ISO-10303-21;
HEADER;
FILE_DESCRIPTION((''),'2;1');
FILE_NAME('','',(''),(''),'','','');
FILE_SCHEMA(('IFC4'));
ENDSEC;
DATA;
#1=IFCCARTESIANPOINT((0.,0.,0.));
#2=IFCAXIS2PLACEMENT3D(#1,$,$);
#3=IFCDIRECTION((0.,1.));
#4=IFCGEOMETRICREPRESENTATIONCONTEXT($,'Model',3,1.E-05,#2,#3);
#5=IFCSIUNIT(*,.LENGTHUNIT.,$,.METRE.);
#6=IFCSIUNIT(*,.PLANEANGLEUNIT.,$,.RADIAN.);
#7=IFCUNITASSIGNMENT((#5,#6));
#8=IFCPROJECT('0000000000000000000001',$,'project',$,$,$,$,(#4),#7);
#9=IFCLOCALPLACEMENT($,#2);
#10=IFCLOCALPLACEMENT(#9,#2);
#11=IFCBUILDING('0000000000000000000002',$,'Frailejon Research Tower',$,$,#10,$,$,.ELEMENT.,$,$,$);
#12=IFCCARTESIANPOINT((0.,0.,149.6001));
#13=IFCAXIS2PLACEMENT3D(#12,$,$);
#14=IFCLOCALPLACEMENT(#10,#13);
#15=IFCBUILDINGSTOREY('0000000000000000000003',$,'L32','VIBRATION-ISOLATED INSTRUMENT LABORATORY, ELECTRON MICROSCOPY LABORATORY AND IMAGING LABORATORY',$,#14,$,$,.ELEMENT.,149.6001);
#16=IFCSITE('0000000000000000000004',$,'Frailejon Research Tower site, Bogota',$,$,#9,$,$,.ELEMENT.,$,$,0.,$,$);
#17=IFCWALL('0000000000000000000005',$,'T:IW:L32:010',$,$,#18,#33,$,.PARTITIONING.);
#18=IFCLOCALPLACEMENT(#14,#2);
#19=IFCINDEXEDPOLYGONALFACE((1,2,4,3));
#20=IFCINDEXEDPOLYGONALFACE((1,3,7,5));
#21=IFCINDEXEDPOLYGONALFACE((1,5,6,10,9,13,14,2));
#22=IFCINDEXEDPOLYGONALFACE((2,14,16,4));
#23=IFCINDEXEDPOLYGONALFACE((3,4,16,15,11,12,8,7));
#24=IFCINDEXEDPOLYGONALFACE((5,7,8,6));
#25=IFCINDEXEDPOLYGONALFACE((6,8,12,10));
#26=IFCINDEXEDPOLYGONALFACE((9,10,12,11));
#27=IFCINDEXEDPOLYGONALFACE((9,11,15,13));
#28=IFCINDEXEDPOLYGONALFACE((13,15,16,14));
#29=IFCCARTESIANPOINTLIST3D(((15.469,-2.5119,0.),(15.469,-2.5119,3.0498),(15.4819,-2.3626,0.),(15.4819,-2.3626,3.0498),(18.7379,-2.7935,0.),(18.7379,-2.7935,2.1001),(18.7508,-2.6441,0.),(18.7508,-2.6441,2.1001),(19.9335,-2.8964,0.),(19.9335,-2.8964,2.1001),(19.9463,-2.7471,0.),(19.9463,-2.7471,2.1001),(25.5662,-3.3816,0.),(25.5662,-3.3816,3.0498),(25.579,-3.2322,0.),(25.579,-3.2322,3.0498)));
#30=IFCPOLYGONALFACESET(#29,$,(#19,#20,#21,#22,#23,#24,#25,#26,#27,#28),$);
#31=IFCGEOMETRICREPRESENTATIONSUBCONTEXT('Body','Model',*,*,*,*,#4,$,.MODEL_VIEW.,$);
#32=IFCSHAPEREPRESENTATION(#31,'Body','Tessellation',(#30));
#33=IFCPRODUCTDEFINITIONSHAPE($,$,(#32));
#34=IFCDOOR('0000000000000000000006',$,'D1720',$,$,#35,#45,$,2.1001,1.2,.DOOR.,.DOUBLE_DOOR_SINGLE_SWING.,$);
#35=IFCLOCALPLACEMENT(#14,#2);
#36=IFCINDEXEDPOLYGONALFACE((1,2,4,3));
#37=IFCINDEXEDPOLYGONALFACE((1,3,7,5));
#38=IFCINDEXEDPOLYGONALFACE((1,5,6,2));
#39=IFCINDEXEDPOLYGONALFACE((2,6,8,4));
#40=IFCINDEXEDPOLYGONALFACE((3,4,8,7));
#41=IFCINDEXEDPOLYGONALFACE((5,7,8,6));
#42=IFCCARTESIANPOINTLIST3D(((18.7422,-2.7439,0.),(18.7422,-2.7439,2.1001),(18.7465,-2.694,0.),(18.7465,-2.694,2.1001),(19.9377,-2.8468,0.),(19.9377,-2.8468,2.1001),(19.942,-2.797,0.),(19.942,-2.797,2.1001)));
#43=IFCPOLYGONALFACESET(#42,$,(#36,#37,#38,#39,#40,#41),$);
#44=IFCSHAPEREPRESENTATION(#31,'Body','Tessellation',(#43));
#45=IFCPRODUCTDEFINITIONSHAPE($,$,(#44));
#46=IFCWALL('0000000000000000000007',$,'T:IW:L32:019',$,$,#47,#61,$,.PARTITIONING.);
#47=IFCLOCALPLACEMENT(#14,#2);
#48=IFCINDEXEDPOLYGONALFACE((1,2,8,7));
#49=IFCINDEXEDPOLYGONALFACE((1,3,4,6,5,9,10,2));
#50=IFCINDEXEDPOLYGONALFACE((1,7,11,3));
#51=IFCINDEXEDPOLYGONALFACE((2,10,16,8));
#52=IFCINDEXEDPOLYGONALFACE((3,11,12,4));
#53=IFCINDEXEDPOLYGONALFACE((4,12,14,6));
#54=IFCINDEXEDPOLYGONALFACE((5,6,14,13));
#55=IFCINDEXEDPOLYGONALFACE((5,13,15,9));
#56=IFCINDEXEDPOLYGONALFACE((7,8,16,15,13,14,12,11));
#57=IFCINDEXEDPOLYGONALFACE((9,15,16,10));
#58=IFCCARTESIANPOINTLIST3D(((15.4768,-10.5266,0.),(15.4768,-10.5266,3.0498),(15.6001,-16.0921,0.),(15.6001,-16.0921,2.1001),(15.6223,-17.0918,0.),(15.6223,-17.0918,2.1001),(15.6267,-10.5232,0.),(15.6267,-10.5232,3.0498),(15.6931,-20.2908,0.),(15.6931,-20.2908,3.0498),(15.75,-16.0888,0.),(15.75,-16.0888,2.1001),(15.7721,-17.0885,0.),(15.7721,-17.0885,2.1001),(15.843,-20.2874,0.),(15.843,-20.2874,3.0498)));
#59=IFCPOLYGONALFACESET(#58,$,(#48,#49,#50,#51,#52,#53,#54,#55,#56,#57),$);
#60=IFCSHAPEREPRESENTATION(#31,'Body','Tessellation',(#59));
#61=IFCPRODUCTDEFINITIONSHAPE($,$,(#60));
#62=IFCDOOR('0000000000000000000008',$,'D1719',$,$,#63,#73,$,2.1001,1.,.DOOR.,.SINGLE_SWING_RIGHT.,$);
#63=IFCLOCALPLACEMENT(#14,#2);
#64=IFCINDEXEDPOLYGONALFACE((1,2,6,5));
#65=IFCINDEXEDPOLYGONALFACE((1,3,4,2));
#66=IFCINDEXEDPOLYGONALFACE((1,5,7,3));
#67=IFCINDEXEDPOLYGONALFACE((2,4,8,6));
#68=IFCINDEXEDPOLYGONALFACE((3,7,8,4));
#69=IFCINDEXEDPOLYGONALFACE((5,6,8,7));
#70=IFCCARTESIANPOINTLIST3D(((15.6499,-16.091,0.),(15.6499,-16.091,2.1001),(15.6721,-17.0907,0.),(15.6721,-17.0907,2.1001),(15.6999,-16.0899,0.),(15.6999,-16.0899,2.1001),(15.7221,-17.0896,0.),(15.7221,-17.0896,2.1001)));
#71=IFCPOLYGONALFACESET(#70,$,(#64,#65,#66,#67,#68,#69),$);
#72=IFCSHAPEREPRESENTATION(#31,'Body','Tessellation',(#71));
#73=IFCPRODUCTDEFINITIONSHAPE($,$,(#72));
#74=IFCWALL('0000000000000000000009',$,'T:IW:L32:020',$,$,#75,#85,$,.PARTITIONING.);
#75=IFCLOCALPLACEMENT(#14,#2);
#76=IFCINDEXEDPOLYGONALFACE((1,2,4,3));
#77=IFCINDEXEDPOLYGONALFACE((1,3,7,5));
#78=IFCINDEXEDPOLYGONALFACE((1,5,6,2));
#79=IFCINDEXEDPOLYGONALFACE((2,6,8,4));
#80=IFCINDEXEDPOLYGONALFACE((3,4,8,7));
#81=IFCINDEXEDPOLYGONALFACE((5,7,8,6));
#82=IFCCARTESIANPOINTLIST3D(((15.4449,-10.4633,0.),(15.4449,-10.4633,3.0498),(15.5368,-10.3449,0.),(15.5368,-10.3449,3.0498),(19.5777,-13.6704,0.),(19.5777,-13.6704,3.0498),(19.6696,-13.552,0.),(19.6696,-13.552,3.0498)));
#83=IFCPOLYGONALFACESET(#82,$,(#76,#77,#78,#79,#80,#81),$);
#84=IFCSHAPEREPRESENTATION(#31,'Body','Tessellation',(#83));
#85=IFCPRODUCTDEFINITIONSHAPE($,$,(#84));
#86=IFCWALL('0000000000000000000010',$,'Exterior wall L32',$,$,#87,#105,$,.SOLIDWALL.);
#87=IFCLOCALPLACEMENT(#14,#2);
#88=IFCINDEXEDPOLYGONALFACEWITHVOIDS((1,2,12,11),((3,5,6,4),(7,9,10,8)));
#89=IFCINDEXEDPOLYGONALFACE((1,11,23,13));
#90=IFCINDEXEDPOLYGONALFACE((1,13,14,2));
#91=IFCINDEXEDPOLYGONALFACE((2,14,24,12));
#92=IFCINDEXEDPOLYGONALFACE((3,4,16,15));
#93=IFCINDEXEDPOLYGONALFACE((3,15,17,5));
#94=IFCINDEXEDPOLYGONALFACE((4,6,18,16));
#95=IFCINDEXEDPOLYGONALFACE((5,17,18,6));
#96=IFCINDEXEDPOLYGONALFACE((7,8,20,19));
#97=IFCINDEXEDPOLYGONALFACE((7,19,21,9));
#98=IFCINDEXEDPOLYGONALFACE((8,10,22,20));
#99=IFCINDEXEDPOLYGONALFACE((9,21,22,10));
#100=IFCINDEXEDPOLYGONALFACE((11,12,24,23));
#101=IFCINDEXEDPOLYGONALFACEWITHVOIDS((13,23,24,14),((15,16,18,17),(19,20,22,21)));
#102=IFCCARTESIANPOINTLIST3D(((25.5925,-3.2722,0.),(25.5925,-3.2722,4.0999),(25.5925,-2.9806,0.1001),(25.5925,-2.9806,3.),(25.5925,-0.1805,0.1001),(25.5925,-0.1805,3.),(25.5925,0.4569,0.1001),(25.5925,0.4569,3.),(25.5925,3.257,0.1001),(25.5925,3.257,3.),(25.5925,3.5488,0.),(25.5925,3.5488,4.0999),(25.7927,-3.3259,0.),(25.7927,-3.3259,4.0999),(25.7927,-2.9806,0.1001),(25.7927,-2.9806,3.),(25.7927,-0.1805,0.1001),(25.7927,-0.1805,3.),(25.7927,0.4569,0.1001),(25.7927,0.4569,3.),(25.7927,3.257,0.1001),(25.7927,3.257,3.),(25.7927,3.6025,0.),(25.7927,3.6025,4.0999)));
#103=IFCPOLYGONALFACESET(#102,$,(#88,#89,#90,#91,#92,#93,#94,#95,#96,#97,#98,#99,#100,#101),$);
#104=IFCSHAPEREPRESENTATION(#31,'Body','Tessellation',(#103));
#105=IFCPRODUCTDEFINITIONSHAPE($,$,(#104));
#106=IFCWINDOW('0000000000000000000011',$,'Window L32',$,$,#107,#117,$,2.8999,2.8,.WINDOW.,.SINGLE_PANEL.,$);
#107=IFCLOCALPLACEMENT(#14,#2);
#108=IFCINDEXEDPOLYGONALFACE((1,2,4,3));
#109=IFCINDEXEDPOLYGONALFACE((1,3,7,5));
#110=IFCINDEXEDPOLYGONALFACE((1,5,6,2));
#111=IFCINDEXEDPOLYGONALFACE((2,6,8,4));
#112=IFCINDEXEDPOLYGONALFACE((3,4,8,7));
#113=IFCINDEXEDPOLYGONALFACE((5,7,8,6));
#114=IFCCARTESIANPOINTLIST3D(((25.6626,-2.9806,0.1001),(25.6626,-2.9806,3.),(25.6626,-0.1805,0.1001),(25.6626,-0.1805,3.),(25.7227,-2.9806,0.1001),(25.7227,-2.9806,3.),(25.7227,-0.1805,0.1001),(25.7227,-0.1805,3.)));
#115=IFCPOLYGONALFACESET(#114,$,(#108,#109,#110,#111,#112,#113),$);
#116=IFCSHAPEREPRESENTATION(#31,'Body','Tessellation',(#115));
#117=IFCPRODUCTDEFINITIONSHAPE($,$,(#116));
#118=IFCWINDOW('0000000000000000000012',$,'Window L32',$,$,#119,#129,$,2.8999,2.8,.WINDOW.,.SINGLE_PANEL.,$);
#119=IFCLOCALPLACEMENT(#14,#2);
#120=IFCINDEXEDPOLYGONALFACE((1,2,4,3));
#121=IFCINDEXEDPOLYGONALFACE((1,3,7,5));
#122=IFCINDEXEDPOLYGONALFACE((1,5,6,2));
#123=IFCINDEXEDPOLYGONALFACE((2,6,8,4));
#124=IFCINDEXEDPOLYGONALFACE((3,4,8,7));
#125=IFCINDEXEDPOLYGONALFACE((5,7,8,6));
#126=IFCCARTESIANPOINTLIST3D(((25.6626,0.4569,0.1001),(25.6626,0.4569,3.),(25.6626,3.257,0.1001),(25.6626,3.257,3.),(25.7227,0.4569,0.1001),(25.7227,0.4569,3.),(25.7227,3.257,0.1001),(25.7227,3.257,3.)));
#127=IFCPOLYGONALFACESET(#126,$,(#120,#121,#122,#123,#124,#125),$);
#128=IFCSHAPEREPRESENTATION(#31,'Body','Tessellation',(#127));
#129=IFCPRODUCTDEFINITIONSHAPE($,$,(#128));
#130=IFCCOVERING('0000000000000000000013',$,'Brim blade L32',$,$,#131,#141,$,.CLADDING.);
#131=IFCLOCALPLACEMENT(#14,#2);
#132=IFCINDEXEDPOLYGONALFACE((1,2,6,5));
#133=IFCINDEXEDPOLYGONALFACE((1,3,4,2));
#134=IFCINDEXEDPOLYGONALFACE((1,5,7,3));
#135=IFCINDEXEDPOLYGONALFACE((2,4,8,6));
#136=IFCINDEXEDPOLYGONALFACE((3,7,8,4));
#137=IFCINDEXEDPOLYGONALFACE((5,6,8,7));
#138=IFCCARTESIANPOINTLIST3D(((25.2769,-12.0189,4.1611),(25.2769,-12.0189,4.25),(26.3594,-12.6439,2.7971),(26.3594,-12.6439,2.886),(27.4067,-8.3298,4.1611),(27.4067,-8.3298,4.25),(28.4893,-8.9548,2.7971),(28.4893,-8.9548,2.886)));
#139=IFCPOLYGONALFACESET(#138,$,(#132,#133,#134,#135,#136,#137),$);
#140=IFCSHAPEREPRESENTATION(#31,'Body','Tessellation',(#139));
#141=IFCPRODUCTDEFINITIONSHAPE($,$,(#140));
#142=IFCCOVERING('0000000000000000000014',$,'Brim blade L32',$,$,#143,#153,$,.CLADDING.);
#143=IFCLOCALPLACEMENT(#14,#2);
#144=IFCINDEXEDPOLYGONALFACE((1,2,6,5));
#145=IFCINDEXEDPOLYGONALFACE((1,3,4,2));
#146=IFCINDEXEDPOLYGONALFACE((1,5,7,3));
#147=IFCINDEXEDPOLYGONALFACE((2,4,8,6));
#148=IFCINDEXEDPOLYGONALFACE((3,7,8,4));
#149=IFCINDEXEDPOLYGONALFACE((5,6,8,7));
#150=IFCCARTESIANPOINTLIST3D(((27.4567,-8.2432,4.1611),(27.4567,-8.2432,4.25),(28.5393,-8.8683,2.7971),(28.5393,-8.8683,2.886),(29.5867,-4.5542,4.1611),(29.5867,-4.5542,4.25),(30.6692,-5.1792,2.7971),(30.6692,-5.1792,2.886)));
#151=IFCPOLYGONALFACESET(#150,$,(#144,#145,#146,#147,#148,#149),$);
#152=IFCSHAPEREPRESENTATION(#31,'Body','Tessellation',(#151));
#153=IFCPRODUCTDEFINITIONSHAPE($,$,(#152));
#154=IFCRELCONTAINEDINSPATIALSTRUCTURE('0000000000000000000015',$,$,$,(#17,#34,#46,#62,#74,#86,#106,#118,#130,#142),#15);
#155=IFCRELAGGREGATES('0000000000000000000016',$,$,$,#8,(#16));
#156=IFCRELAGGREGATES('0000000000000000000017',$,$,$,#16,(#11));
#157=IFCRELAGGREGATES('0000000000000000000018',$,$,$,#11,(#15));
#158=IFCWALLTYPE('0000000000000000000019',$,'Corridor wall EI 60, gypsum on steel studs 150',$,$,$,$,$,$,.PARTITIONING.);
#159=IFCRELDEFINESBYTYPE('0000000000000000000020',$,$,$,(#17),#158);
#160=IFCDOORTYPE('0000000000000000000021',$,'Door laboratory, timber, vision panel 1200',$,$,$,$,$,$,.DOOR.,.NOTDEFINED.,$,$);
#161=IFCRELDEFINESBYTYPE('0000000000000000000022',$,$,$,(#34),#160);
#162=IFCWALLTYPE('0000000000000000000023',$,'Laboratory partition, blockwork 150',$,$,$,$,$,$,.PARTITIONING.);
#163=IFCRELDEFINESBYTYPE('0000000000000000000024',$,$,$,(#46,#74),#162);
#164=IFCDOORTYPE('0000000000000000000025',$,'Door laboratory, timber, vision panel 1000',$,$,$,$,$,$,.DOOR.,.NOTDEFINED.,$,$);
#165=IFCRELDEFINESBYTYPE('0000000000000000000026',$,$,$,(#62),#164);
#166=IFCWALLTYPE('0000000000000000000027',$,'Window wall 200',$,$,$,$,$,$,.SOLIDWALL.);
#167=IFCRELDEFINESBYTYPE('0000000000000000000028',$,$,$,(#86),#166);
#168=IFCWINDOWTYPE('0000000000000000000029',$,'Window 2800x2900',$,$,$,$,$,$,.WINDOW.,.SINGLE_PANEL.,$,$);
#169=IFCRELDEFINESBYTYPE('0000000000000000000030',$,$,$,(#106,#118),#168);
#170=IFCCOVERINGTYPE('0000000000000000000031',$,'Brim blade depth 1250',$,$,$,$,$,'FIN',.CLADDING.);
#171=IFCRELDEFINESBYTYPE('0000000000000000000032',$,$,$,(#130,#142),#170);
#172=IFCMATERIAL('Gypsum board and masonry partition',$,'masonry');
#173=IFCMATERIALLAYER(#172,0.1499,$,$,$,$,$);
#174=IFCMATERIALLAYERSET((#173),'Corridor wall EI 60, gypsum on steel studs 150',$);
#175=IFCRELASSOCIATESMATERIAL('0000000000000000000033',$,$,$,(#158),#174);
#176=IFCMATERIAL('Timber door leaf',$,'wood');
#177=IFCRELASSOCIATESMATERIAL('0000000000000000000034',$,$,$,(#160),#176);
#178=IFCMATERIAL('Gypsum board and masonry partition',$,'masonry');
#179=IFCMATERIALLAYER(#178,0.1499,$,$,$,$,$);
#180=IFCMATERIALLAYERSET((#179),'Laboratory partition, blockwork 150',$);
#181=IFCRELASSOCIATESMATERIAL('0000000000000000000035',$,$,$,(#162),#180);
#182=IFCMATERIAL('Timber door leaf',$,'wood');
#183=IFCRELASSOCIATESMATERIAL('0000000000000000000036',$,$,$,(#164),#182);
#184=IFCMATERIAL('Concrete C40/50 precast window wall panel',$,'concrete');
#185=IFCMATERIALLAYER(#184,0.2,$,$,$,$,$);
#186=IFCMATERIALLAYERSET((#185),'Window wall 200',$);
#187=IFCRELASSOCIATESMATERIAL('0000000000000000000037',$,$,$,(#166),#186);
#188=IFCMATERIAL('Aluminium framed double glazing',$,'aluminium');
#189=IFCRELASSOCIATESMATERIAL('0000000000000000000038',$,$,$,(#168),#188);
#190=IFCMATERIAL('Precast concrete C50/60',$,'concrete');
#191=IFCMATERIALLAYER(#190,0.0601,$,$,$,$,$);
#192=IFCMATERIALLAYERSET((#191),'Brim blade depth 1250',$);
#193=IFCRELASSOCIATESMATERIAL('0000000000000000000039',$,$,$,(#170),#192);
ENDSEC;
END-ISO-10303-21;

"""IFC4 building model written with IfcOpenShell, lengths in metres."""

from ifc_helpers import new_model, si_unit, direction, frame, frame_2d, origin, place, context, subcontext, project, spatial, polyline, rectangle, outline, extrude, material, layer, layer_set, type_object, element, fill, save


model = new_model("IFC4")

# Units and contexts
model_context = context("Model", 3, precision=1e-05, world=origin(), true_north=direction((0.0, 1.0)))
body_context = subcontext(model_context, "Body", "Model", "MODEL_VIEW")
ifc_project = project(units=[si_unit("LENGTHUNIT", "METRE"), si_unit("PLANEANGLEUNIT", "RADIAN")], contexts=[model_context])

# Site, building, storey
site_placement = place(None, origin())
site = spatial("IfcSite", under=ifc_project, at=site_placement, Name="Frailejon Research Tower site, Bogota", CompositionType="ELEMENT", RefElevation=0.0)
building_placement = place(site_placement, origin())
building = spatial("IfcBuilding", under=site, at=building_placement, Name="Frailejon Research Tower", CompositionType="ELEMENT")
storey_placement = place(building_placement, frame((0.0, 0.0, 149.6001)))
storey = spatial("IfcBuildingStorey", under=building, at=storey_placement, Name="L32", Description="VIBRATION-ISOLATED INSTRUMENT LABORATORY, ELECTRON MICROSCOPY LABORATORY AND IMAGING LABORATORY", CompositionType="ELEMENT", Elevation=149.6001)

# Shared definitions
ifc_material_1 = material(Name="Gypsum board and masonry partition", Category="masonry")
ifc_layer_1 = layer(ifc_material_1, 0.1499)
ifc_layer_set_1 = layer_set([ifc_layer_1], Name="Corridor wall EI 60, gypsum on steel studs 150")
wall_type_1 = type_object("IfcWallType", Name="Corridor wall EI 60, gypsum on steel studs 150", PredefinedType="PARTITIONING", material=ifc_layer_set_1)

# Walls, openings, doors
ifc_material_2 = material(Name="Timber door leaf", Category="wood")
door_type_1 = type_object("IfcDoorType", Name="Door laboratory, timber, vision panel 1200", OperationType="NOTDEFINED", PredefinedType="DOOR", material=ifc_material_2)
wall_1_placement = place(storey_placement, frame((15.4753, -2.4373, 0.0), z_axis=(0.0, 0.0, 1.0), x_axis=(0.996312, -0.085808, 0.0)))
wall_1 = element("IfcWall", 1, at=wall_1_placement, inside=storey, type_object=wall_type_1, Name="T:IW:L32:010", PredefinedType="PARTITIONING", context=body_context, shape_type="SweptSolid", body=[
    extrude(rectangle(XDim=10.1345, YDim=0.1499, at=frame_2d((5.0674, 0.0))), origin(), (0.0, 0.0, 1.0), 3.0498),
])
opening_1_placement = place(wall_1_placement, frame((3.281, 0.0, 0.0)))
opening_1 = element("IfcOpeningElement", 2, at=opening_1_placement, cuts=wall_1, PredefinedType="OPENING", context=body_context, shape_type="SweptSolid", body=[
    extrude(rectangle(XDim=1.2, YDim=2.1001, at=frame_2d((0.6001, 1.05))), frame((0.0, 0.085, 0.0), z_axis=(0.0, -1.0, 0.0), x_axis=(1.0, 0.0, 0.0)), (0.0, 0.0, 1.0), 0.1699),
])
door_1_placement = place(opening_1_placement, origin())
door_1 = element("IfcDoor", 3, at=door_1_placement, inside=storey, type_object=door_type_1, Name="D1720", OperationType="DOUBLE_DOOR_SINGLE_SWING", OverallHeight=2.1001, OverallWidth=1.2, PredefinedType="DOOR", context=body_context, shape_type="SweptSolid", body=[
    extrude(rectangle(XDim=1.2, YDim=2.1001, at=frame_2d((0.6001, 1.05))), frame((0.0, 0.0249, 0.0), z_axis=(0.0, -1.0, 0.0), x_axis=(1.0, 0.0, 0.0)), (0.0, 0.0, 1.0), 0.05),
])
fill(opening_1, door_1)
ifc_material_3 = material(Name="Gypsum board and masonry partition", Category="masonry")
ifc_layer_2 = layer(ifc_material_3, 0.1499)
ifc_layer_set_2 = layer_set([ifc_layer_2], Name="Laboratory partition, blockwork 150")
wall_type_2 = type_object("IfcWallType", Name="Laboratory partition, blockwork 150", PredefinedType="PARTITIONING", material=ifc_layer_set_2)
wall_2_placement = place(storey_placement, frame((15.5518, -10.5249, 0.0), z_axis=(0.0, 0.0, 1.0), x_axis=(0.022148, -0.999755, 0.0)))
wall_2 = element("IfcWall", 4, at=wall_2_placement, inside=storey, type_object=wall_type_2, Name="T:IW:L32:019", PredefinedType="PARTITIONING", context=body_context, shape_type="SweptSolid", body=[
    extrude(rectangle(XDim=9.7666, YDim=0.1499, at=frame_2d((4.8833, 0.0))), origin(), (0.0, 0.0, 1.0), 3.0498),
])
opening_2_placement = place(wall_2_placement, frame((5.5669, 0.0, 0.0)))
opening_2 = element("IfcOpeningElement", 5, at=opening_2_placement, cuts=wall_2, PredefinedType="OPENING", context=body_context, shape_type="SweptSolid", body=[
    extrude(rectangle(XDim=1.0, YDim=2.1001, at=frame_2d((0.5, 1.05))), frame((0.0, 0.085, 0.0), z_axis=(0.0, -1.0, 0.0), x_axis=(1.0, 0.0, 0.0)), (0.0, 0.0, 1.0), 0.1699),
])
ifc_material_4 = material(Name="Timber door leaf", Category="wood")
door_type_2 = type_object("IfcDoorType", Name="Door laboratory, timber, vision panel 1000", OperationType="NOTDEFINED", PredefinedType="DOOR", material=ifc_material_4)
door_2_placement = place(opening_2_placement, origin())
door_2 = element("IfcDoor", 6, at=door_2_placement, inside=storey, type_object=door_type_2, Name="D1719", OperationType="SINGLE_SWING_RIGHT", OverallHeight=2.1001, OverallWidth=1.0, PredefinedType="DOOR", context=body_context, shape_type="SweptSolid", body=[
    extrude(rectangle(XDim=1.0, YDim=2.1001, at=frame_2d((0.5, 1.05))), frame((0.0, 0.0249, 0.0), z_axis=(0.0, -1.0, 0.0), x_axis=(1.0, 0.0, 0.0)), (0.0, 0.0, 1.0), 0.05),
])
fill(opening_2, door_2)

# Wall
wall_3_placement = place(storey_placement, frame((15.4907, -10.4041, 0.0), z_axis=(0.0, 0.0, 1.0), x_axis=(0.790035, -0.613061, 0.0)))
element("IfcWall", 7, at=wall_3_placement, inside=storey, type_object=wall_type_2, Name="T:IW:L32:020", PredefinedType="PARTITIONING", context=body_context, shape_type="SweptSolid", body=[
    extrude(rectangle(XDim=5.2312, YDim=0.1499, at=frame_2d((2.6157, 0.0))), origin(), (0.0, 0.0, 1.0), 3.0498),
])

# Wall, openings, windows
ifc_material_5 = material(Name="Concrete C40/50 precast window wall panel", Category="concrete")
ifc_layer_3 = layer(ifc_material_5, 0.2)
ifc_layer_set_3 = layer_set([ifc_layer_3], Name="Window wall 200")
wall_type_3 = type_object("IfcWallType", Name="Window wall 200", PredefinedType="SOLIDWALL", material=ifc_layer_set_3)
wall_4_placement = place(storey_placement, frame((25.6926, -3.2991, 0.0), z_axis=(0.0, 0.0, 1.0), x_axis=(0.0, 1.0, 0.0)))
wall_4 = element("IfcWall", 8, at=wall_4_placement, inside=storey, type_object=wall_type_3, Name="Exterior wall L32", PredefinedType="SOLIDWALL", context=body_context, shape_type="SweptSolid", body=[
    extrude(outline(polyline([(-0.0269, -0.1001), (1.1279, -0.1001), (2.2827, -0.1001), (3.4375, -0.1001), (4.592, -0.1001), (5.7468, -0.1001), (6.9016, -0.1001), (6.8479, 0.1001), (5.7109, 0.1001), (4.5742, 0.1001), (3.4375, 0.1001), (2.3005, 0.1001), (1.1636, 0.1001), (0.0269, 0.1001), (-0.0269, -0.1001)])), origin(), (0.0, 0.0, 1.0), 4.0999),
])
opening_3_placement = place(wall_4_placement, frame((0.3186, 0.0, 0.1001)))
opening_3 = element("IfcOpeningElement", 9, at=opening_3_placement, cuts=wall_4, PredefinedType="OPENING", context=body_context, shape_type="SweptSolid", body=[
    extrude(rectangle(XDim=2.8, YDim=2.8999, at=frame_2d((1.3999, 1.45))), frame((0.0, 0.1099, 0.0), z_axis=(0.0, -1.0, 0.0), x_axis=(1.0, 0.0, 0.0)), (0.0, 0.0, 1.0), 0.22),
])
opening_4_placement = place(wall_4_placement, frame((3.7561, 0.0, 0.1001)))
opening_4 = element("IfcOpeningElement", 10, at=opening_4_placement, cuts=wall_4, PredefinedType="OPENING", context=body_context, shape_type="SweptSolid", body=[
    extrude(rectangle(XDim=2.8, YDim=2.8999, at=frame_2d((1.3999, 1.45))), frame((0.0, 0.1099, 0.0), z_axis=(0.0, -1.0, 0.0), x_axis=(1.0, 0.0, 0.0)), (0.0, 0.0, 1.0), 0.22),
])
ifc_material_6 = material(Name="Aluminium framed double glazing", Category="aluminium")
window_type = type_object("IfcWindowType", Name="Window 2800x2900", PartitioningType="SINGLE_PANEL", PredefinedType="WINDOW", material=ifc_material_6)
window_1_placement = place(opening_3_placement, origin())
window_1 = element("IfcWindow", 11, at=window_1_placement, inside=storey, type_object=window_type, Name="Window L32", OverallHeight=2.8999, OverallWidth=2.8, PartitioningType="SINGLE_PANEL", PredefinedType="WINDOW", context=body_context, shape_type="SweptSolid", body=[
    extrude(rectangle(XDim=2.8, YDim=2.8999, at=frame_2d((1.3999, 1.45))), frame((0.0, 0.03, 0.0), z_axis=(0.0, -1.0, 0.0), x_axis=(1.0, 0.0, 0.0)), (0.0, 0.0, 1.0), 0.0601),
])
fill(opening_3, window_1)
window_2_placement = place(opening_4_placement, origin())
window_2 = element("IfcWindow", 12, at=window_2_placement, inside=storey, type_object=window_type, Name="Window L32", OverallHeight=2.8999, OverallWidth=2.8, PartitioningType="SINGLE_PANEL", PredefinedType="WINDOW", context=body_context, shape_type="SweptSolid", body=[
    extrude(rectangle(XDim=2.8, YDim=2.8999, at=frame_2d((1.3999, 1.45))), frame((0.0, 0.03, 0.0), z_axis=(0.0, -1.0, 0.0), x_axis=(1.0, 0.0, 0.0)), (0.0, 0.0, 1.0), 0.0601),
])
fill(opening_4, window_2)

# Coverings
ifc_material_7 = material(Name="Precast concrete C50/60", Category="concrete")
ifc_layer_4 = layer(ifc_material_7, 0.0601)
ifc_layer_set_4 = layer_set([ifc_layer_4], Name="Brim blade depth 1250")
covering_type = type_object("IfcCoveringType", Name="Brim blade depth 1250", ElementType="FIN", PredefinedType="CLADDING", material=ifc_layer_set_4)
for number, where, z_axis, x_axis, name in (
    (13, (27.4067, -8.3298, 4.25), (-0.499992, -0.86603, 0.0), (0.86603, -0.499992, 0.0), "Brim blade L32"),
    (14, (29.5867, -4.5542, 4.25), (-0.50001, -0.86602, 0.0), (0.86602, -0.50001, 0.0), "Brim blade L32"),
):
    element("IfcCovering", number, at=place(storey_placement, frame(where, z_axis=z_axis, x_axis=x_axis)), inside=storey, type_object=covering_type, Name=name, PredefinedType="CLADDING", context=body_context, shape_type="SweptSolid", body=[
        extrude(outline(polyline([(0.0, -0.0889), (1.25, -1.4529), (1.25, -1.364), (0.0, 0.0), (0.0, -0.0889)])), origin(), (0.0, 0.0, 1.0), 4.2598),
    ])

save(model, "model.ifc")
